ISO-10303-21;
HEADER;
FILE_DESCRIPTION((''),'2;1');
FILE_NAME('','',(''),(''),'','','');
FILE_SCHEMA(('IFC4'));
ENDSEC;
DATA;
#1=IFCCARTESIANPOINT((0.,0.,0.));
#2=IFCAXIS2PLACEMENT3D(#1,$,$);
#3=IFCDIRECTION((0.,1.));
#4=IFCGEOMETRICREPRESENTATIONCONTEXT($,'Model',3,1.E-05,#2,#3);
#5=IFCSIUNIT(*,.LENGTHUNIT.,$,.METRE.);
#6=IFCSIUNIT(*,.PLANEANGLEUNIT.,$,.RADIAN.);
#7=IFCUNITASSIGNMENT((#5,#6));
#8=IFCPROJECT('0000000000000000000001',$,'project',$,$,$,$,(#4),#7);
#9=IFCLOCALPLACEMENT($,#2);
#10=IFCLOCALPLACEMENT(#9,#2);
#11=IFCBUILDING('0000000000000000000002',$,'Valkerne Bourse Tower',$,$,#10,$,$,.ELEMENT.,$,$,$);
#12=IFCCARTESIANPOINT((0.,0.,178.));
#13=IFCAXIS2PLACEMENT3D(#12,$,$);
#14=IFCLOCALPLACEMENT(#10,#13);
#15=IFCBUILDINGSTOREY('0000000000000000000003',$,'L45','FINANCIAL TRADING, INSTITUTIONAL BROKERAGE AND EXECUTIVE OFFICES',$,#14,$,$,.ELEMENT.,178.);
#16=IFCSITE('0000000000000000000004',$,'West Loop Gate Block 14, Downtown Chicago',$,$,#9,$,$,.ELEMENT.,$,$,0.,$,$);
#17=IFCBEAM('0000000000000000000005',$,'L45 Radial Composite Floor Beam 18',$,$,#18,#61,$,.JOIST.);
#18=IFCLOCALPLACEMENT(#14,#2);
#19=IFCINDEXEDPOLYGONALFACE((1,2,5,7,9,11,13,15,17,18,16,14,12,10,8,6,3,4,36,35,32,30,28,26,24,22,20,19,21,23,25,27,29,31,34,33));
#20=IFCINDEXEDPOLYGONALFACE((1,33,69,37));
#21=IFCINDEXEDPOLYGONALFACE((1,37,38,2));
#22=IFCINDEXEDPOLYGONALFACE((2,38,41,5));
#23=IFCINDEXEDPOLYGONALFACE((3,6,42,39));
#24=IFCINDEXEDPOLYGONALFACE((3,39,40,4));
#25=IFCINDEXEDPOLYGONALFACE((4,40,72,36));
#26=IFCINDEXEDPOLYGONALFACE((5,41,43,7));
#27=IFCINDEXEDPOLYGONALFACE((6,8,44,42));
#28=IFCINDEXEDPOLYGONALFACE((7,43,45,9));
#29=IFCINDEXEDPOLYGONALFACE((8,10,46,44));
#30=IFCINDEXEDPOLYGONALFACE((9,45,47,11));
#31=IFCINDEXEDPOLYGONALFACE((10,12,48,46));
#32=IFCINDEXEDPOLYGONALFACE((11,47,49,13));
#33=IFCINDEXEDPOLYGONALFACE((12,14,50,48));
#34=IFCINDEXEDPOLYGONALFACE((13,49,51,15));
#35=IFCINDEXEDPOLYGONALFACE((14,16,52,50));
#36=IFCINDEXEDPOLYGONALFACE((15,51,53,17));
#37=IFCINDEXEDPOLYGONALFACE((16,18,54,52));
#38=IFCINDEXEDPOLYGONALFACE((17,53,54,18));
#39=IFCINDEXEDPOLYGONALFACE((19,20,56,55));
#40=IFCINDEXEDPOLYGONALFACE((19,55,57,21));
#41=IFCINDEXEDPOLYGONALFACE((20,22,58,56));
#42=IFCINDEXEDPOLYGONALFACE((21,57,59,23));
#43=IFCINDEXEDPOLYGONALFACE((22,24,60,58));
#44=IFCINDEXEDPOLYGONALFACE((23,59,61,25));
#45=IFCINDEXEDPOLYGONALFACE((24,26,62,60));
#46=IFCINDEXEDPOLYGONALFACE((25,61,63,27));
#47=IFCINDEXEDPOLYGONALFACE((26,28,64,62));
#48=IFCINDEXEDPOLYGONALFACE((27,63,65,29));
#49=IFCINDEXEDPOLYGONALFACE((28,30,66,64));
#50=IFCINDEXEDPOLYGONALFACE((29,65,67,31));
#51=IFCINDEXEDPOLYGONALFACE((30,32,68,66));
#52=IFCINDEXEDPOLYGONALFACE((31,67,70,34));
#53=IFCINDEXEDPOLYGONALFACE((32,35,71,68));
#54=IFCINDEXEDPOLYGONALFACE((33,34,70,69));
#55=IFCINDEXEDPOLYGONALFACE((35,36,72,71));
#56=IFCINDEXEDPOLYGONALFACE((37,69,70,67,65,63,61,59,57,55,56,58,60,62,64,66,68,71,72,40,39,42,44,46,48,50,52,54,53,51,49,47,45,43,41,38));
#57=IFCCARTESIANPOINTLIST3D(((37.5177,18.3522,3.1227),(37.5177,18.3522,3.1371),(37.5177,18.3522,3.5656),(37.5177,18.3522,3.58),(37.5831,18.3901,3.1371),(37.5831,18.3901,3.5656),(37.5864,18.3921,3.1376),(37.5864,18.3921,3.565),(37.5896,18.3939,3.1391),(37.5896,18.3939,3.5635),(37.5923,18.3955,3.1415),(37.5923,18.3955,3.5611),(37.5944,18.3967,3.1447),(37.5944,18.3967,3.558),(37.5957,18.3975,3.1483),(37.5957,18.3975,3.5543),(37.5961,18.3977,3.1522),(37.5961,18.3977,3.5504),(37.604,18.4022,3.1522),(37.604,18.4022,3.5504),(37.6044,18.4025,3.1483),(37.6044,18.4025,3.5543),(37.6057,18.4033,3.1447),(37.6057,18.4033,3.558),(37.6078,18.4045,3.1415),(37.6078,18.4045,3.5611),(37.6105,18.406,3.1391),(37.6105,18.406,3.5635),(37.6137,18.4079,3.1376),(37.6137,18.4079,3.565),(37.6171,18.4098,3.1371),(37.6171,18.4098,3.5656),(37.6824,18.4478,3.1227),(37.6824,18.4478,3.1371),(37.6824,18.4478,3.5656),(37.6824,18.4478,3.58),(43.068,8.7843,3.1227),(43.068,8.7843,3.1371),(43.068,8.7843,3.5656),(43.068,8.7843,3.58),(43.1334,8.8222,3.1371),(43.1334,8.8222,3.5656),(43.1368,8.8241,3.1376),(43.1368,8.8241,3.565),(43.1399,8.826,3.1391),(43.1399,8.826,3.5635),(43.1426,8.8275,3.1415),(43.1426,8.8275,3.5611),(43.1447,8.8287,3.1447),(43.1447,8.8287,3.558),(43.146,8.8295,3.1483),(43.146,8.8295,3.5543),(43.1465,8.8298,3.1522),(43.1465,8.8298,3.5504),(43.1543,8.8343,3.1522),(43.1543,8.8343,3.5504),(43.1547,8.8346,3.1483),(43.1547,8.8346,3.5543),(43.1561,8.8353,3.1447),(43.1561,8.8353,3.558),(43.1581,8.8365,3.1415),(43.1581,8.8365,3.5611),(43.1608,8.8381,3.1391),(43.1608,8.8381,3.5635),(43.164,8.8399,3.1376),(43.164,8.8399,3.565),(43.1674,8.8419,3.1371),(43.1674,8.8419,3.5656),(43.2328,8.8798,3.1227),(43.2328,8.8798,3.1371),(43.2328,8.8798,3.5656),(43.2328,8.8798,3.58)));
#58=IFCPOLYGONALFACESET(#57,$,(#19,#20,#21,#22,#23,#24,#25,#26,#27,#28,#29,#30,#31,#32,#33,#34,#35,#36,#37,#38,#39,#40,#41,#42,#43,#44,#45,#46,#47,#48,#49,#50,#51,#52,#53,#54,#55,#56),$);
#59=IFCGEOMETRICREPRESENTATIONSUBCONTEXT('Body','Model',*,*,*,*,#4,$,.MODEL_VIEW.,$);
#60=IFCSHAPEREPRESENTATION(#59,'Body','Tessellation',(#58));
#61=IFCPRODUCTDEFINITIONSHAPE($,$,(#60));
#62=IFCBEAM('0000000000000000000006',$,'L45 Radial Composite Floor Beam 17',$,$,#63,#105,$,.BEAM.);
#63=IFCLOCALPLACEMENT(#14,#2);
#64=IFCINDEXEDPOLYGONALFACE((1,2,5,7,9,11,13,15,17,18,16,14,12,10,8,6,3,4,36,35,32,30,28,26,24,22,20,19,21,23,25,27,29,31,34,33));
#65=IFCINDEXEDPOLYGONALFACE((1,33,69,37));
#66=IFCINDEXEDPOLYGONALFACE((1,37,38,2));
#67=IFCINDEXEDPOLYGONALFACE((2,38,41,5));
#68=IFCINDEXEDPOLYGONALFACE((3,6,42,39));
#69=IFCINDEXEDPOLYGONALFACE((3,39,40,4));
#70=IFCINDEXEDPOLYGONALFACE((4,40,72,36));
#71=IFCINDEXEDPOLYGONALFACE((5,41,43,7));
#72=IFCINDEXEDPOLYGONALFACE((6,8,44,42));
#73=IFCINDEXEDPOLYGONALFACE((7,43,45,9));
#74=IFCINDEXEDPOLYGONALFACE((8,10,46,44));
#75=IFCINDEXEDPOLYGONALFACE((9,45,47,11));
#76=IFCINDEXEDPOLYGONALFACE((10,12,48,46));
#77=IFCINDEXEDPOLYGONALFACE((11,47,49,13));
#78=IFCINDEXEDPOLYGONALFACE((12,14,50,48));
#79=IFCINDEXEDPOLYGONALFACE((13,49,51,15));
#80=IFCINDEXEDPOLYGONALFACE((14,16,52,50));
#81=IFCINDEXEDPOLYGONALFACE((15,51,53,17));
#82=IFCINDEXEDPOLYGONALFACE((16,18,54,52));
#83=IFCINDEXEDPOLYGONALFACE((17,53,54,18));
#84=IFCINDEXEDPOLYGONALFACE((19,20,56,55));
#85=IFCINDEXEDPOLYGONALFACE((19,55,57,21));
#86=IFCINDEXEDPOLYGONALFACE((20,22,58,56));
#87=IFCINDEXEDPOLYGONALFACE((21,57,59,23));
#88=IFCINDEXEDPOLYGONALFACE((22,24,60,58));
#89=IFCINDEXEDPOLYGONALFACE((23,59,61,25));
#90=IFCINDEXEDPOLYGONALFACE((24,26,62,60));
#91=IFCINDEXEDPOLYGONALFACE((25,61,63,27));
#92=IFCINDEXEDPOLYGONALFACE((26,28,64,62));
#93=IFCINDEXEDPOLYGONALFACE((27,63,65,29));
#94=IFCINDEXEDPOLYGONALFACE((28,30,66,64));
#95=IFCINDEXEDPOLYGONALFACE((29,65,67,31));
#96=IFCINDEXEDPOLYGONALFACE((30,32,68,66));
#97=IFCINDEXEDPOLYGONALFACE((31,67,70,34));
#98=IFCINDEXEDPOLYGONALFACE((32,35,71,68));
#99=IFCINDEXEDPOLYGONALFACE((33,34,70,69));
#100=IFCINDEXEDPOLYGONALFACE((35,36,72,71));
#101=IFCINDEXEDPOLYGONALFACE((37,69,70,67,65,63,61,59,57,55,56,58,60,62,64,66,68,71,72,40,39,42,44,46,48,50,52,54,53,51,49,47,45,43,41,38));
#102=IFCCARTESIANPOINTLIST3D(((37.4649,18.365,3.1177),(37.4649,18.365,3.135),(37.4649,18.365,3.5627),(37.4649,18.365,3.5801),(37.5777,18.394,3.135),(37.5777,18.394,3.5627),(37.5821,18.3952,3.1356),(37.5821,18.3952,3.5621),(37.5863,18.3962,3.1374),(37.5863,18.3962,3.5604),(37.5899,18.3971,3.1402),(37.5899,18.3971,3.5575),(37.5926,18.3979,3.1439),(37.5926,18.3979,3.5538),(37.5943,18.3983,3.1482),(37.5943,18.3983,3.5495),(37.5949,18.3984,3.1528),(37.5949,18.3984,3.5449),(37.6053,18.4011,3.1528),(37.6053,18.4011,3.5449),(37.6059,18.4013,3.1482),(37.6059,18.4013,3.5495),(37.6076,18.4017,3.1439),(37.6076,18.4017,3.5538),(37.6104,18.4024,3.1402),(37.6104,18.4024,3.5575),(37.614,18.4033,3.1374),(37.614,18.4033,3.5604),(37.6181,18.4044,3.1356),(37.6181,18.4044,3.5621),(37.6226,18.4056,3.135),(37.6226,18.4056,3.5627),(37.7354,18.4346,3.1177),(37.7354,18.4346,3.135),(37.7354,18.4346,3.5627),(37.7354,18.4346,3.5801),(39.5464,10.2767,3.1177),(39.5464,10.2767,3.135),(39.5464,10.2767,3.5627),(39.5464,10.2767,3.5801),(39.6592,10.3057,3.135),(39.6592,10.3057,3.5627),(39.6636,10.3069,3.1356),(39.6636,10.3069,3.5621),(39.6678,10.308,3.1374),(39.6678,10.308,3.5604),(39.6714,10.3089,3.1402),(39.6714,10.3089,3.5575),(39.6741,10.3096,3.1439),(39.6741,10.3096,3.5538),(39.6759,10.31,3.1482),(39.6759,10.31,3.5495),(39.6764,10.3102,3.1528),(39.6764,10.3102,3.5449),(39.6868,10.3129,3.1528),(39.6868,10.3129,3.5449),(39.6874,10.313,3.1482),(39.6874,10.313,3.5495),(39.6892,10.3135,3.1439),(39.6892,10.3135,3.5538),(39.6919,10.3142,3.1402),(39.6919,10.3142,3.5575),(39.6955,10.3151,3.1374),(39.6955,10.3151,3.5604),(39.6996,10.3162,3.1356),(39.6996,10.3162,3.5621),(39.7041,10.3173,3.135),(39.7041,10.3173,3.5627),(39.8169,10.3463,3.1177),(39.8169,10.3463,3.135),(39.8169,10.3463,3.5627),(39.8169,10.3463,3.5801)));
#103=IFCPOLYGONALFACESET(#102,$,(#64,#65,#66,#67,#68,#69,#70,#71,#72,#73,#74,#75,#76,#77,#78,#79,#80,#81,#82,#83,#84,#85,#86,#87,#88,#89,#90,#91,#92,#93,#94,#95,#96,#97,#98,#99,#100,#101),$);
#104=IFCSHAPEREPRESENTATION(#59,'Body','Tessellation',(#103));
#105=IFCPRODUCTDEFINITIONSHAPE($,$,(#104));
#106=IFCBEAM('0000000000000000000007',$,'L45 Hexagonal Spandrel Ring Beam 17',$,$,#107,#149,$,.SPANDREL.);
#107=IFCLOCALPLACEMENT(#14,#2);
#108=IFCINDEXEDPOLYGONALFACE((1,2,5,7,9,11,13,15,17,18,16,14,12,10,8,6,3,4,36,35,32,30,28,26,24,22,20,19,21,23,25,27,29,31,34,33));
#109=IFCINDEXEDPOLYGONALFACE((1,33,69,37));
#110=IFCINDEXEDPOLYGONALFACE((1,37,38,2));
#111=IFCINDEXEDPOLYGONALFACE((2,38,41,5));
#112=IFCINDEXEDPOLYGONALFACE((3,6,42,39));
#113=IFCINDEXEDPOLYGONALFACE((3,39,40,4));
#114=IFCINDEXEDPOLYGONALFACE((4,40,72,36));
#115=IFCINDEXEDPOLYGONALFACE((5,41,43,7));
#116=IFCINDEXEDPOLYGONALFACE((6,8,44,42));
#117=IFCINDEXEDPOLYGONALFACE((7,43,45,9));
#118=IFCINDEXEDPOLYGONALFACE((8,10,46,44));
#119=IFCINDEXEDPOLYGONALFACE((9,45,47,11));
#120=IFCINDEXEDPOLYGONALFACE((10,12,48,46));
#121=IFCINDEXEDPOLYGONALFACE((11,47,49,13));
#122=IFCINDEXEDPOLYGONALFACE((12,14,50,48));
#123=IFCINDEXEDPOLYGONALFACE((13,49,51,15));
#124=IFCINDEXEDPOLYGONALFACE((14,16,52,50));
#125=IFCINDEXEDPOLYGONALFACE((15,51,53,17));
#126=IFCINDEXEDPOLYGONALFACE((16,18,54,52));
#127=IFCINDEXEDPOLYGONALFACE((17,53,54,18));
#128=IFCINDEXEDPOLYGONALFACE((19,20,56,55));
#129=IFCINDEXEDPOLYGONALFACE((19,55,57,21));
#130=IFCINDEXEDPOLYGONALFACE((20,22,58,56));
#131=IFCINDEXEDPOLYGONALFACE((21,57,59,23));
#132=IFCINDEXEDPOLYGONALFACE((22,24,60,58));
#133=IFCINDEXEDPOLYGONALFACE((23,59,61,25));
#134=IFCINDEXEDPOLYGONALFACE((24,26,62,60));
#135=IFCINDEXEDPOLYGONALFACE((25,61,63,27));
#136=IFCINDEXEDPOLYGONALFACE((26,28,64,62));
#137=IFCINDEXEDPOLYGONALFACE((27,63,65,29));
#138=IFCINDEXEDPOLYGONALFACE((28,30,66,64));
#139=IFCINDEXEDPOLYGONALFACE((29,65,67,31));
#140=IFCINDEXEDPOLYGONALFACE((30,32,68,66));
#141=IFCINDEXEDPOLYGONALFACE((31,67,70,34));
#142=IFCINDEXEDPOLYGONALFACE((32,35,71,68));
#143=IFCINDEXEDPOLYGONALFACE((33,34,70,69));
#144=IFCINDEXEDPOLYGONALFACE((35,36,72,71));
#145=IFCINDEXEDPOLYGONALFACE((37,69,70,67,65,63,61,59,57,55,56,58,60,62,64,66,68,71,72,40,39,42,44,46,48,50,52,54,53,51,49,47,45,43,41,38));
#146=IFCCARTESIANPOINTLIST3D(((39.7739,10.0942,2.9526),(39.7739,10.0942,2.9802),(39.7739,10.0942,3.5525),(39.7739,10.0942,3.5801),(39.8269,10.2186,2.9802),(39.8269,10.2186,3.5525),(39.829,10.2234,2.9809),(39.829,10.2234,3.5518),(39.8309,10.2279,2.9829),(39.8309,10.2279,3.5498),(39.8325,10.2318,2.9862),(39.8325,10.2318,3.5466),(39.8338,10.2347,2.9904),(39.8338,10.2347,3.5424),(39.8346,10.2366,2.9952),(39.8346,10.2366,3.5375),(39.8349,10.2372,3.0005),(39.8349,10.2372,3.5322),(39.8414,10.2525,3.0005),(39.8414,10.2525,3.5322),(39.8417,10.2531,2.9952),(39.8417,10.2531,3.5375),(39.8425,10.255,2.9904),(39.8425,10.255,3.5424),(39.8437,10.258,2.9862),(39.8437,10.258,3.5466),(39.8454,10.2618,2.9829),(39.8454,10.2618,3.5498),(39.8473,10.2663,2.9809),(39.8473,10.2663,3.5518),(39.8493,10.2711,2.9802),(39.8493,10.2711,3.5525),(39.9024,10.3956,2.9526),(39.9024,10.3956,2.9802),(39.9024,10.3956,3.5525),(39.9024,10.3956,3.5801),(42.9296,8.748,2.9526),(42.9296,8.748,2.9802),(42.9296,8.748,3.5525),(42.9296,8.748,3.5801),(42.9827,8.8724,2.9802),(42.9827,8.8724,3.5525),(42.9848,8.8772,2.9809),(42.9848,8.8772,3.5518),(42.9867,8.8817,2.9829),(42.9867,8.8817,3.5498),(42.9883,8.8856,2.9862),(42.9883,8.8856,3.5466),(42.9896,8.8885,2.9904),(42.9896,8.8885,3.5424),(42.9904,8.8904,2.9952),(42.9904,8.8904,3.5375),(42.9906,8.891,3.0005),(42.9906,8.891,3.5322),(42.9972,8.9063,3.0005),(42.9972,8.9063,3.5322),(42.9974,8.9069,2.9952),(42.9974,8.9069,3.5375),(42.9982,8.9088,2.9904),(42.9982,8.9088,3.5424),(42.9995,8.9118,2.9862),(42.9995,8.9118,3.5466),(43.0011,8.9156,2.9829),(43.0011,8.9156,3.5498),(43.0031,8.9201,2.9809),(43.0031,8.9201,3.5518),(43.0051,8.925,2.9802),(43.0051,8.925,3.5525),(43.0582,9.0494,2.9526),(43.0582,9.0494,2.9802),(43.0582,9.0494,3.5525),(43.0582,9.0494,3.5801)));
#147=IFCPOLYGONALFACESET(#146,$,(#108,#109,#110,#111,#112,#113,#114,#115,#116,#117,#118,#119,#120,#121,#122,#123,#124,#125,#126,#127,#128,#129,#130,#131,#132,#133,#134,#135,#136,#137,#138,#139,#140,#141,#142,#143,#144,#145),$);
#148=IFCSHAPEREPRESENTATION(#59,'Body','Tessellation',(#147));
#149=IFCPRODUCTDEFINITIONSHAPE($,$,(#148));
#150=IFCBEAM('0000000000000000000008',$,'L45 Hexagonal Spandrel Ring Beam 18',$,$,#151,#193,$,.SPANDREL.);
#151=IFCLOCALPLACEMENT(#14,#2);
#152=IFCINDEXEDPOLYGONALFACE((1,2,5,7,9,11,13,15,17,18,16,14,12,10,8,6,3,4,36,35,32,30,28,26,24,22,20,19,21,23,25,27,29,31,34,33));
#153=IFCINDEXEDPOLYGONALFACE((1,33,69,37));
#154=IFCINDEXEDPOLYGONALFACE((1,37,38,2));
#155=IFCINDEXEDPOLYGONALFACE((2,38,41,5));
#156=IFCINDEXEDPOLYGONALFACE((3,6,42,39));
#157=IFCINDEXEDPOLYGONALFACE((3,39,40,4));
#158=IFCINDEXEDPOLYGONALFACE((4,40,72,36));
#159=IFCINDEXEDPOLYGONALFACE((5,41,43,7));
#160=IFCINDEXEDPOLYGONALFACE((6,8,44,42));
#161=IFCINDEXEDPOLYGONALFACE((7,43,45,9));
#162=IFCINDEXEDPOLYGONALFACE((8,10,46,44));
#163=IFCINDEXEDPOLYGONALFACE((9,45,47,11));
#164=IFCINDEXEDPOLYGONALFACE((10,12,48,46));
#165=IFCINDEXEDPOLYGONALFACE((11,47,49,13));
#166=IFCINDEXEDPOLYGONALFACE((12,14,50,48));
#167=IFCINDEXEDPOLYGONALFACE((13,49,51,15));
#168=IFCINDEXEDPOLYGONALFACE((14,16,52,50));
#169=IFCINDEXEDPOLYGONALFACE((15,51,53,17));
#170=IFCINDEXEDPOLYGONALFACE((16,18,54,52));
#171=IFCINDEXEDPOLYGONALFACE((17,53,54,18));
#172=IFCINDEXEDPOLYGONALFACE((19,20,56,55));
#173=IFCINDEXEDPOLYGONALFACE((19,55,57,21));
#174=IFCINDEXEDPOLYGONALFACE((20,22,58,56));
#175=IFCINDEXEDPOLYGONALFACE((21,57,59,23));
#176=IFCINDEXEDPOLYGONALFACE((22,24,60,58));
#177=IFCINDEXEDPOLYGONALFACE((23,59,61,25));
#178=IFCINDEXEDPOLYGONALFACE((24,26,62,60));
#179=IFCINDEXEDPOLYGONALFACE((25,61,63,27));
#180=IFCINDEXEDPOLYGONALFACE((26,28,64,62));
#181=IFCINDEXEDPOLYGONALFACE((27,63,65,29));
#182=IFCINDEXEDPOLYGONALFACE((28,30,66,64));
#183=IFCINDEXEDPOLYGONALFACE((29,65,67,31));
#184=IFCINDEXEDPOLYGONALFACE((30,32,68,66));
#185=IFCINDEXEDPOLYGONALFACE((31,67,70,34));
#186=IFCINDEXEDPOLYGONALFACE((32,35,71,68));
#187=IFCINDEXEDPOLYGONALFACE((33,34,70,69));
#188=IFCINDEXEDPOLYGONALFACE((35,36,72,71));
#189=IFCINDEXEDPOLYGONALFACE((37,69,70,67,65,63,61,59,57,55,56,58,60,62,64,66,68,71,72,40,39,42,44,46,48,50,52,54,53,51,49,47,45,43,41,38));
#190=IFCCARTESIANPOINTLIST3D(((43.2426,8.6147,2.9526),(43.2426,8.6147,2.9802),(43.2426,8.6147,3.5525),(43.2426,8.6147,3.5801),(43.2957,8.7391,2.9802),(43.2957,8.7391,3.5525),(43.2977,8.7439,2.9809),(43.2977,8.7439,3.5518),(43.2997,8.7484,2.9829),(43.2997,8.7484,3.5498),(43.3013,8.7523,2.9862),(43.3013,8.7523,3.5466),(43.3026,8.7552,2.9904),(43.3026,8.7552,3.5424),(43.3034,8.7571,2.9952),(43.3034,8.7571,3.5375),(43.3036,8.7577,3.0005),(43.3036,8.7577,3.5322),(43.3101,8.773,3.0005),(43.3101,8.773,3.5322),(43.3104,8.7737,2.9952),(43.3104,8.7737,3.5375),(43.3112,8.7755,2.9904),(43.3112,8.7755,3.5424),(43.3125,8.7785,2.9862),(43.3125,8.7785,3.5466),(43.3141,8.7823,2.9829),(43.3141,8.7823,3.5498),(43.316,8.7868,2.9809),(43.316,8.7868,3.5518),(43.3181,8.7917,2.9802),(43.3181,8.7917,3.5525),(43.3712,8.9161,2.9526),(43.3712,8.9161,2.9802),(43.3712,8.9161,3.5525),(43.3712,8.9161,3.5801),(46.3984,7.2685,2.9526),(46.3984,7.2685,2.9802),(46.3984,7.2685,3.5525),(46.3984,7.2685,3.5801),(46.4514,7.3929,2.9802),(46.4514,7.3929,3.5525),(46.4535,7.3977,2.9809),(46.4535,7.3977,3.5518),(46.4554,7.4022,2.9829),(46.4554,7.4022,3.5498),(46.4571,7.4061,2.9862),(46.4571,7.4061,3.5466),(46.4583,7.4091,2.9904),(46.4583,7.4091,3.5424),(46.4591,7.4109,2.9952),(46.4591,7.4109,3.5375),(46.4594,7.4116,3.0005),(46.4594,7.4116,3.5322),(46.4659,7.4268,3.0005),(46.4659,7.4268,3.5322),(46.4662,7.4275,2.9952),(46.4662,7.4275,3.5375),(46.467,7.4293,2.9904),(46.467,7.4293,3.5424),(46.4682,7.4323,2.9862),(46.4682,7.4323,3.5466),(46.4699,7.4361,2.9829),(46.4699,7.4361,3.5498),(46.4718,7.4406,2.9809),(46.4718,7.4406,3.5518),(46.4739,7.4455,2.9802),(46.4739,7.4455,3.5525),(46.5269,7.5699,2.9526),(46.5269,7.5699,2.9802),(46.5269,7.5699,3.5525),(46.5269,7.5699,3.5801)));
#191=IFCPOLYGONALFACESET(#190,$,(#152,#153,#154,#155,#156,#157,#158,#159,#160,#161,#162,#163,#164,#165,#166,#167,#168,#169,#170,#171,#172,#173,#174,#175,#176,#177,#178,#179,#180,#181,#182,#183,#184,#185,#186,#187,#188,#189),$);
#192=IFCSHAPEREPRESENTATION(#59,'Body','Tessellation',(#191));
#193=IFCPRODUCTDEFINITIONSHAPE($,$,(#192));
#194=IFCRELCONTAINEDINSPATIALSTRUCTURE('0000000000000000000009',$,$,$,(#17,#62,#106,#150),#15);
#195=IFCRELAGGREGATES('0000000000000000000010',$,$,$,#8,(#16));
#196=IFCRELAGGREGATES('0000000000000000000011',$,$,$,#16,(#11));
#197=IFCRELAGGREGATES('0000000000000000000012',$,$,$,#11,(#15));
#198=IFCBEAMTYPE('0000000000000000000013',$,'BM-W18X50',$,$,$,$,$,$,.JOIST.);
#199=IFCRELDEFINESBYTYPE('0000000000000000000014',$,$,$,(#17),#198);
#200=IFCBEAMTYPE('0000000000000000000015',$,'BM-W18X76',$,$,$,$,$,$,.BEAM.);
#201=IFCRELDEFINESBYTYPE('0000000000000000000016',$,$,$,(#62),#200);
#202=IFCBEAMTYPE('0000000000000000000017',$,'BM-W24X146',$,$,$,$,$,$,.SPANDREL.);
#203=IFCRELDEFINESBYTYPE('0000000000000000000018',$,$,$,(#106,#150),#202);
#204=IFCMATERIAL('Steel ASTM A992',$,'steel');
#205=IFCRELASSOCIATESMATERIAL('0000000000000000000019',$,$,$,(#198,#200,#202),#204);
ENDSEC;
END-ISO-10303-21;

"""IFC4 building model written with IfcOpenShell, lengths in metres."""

from ifc_helpers import new_model, si_unit, direction, frame, origin, origin_2d, place, context, subcontext, project, spatial, i_section, extrude, material, material_profile, profile_set, type_object, element, save


model = new_model("IFC4")

# Units and contexts
model_context = context("Model", 3, precision=1e-05, world=origin(), true_north=direction((0.0, 1.0)))
body_context = subcontext(model_context, "Body", "Model", "MODEL_VIEW")
ifc_project = project(units=[si_unit("LENGTHUNIT", "METRE"), si_unit("PLANEANGLEUNIT", "RADIAN")], contexts=[model_context])

# Site, building, storey
site_placement = place(None, origin())
site = spatial("IfcSite", under=ifc_project, at=site_placement, Name="West Loop Gate Block 14, Downtown Chicago", CompositionType="ELEMENT", RefElevation=0.0)
building_placement = place(site_placement, origin())
building = spatial("IfcBuilding", under=site, at=building_placement, Name="Valkerne Bourse Tower", CompositionType="ELEMENT")
storey_placement = place(building_placement, frame((0.0, 0.0, 178.0)))
storey = spatial("IfcBuildingStorey", under=building, at=storey_placement, Name="L45", Description="FINANCIAL TRADING, INSTITUTIONAL BROKERAGE AND EXECUTIVE OFFICES", CompositionType="ELEMENT", Elevation=178.0)

# Beams
ifc_material_1 = material(Name="Steel ASTM A992", Category="steel")
ifc_material_profile_1 = material_profile(ifc_material_1, i_section(OverallWidth=0.1904, OverallDepth=0.4573, WebThickness=0.009, FlangeThickness=0.0144, FilletRadius=0.0151, at=origin_2d()), Name="W18X50")
ifc_profile_set_1 = profile_set([ifc_material_profile_1], Name="Steel ASTM A992")
beam_type_1 = type_object("IfcBeamType", Name="BM-W18X50", PredefinedType="JOIST", material=ifc_profile_set_1)
beam_1_placement = place(storey_placement, frame((43.1504, 8.832, 3.3513), z_axis=(-0.501781, 0.864995, 0.0), x_axis=(-0.864995, -0.501781, 0.0)))
element("IfcBeam", 1, at=beam_1_placement, inside=storey, type_object=beam_type_1, Name="L45 Radial Composite Floor Beam 18", PredefinedType="JOIST", context=body_context, shape_type="SweptSolid", body=[
    extrude(i_section(OverallWidth=0.1904, OverallDepth=0.4573, WebThickness=0.009, FlangeThickness=0.0144, FilletRadius=0.0151, at=origin_2d()), origin(), (0.0, 0.0, 1.0), 11.0613),
])
ifc_material_profile_2 = material_profile(ifc_material_1, i_section(OverallWidth=0.2793, OverallDepth=0.4624, WebThickness=0.0107, FlangeThickness=0.0173, FilletRadius=0.0178, at=origin_2d()), Name="W18X76")
ifc_profile_set_2 = profile_set([ifc_material_profile_2], Name="Steel ASTM A992")
beam_type_2 = type_object("IfcBeamType", Name="BM-W18X76", PredefinedType="BEAM", material=ifc_profile_set_2)
beam_2_placement = place(storey_placement, frame((39.6816, 10.3115, 3.3489), z_axis=(-0.249229, 0.968445, 0.0), x_axis=(-0.968445, -0.249229, 0.0)))
element("IfcBeam", 2, at=beam_2_placement, inside=storey, type_object=beam_type_2, Name="L45 Radial Composite Floor Beam 17", PredefinedType="BEAM", context=body_context, shape_type="SweptSolid", body=[
    extrude(i_section(OverallWidth=0.2793, OverallDepth=0.4624, WebThickness=0.0107, FlangeThickness=0.0173, FilletRadius=0.0178, at=origin_2d()), origin(), (0.0, 0.0, 1.0), 8.3518),
])
ifc_material_profile_3 = material_profile(ifc_material_1, i_section(OverallWidth=0.3276, OverallDepth=0.6274, WebThickness=0.0166, FlangeThickness=0.0276, FilletRadius=0.0203, at=origin_2d()), Name="W24X146")
ifc_profile_set_3 = profile_set([ifc_material_profile_3], Name="Steel ASTM A992")
beam_type_3 = type_object("IfcBeamType", Name="BM-W24X146", PredefinedType="SPANDREL", material=ifc_profile_set_3)
for number, where, z_axis, x_axis, name in (
    (3, (39.8381, 10.2449, 3.2664), (0.919806, -0.392373, 0.0), (0.392373, 0.919806, 0.0), "L45 Hexagonal Spandrel Ring Beam 17"),
    (4, (43.3069, 8.7654, 3.2664), (0.919806, -0.392373, 0.0), (0.392373, 0.919806, 0.0), "L45 Hexagonal Spandrel Ring Beam 18"),
):
    element("IfcBeam", number, at=place(storey_placement, frame(where, z_axis=z_axis, x_axis=x_axis)), inside=storey, type_object=beam_type_3, Name=name, PredefinedType="SPANDREL", context=body_context, shape_type="SweptSolid", body=[
        extrude(i_section(OverallWidth=0.3276, OverallDepth=0.6274, WebThickness=0.0166, FlangeThickness=0.0276, FilletRadius=0.0203, at=origin_2d()), origin(), (0.0, 0.0, 1.0), 3.4309),
    ])

save(model, "model.ifc")
